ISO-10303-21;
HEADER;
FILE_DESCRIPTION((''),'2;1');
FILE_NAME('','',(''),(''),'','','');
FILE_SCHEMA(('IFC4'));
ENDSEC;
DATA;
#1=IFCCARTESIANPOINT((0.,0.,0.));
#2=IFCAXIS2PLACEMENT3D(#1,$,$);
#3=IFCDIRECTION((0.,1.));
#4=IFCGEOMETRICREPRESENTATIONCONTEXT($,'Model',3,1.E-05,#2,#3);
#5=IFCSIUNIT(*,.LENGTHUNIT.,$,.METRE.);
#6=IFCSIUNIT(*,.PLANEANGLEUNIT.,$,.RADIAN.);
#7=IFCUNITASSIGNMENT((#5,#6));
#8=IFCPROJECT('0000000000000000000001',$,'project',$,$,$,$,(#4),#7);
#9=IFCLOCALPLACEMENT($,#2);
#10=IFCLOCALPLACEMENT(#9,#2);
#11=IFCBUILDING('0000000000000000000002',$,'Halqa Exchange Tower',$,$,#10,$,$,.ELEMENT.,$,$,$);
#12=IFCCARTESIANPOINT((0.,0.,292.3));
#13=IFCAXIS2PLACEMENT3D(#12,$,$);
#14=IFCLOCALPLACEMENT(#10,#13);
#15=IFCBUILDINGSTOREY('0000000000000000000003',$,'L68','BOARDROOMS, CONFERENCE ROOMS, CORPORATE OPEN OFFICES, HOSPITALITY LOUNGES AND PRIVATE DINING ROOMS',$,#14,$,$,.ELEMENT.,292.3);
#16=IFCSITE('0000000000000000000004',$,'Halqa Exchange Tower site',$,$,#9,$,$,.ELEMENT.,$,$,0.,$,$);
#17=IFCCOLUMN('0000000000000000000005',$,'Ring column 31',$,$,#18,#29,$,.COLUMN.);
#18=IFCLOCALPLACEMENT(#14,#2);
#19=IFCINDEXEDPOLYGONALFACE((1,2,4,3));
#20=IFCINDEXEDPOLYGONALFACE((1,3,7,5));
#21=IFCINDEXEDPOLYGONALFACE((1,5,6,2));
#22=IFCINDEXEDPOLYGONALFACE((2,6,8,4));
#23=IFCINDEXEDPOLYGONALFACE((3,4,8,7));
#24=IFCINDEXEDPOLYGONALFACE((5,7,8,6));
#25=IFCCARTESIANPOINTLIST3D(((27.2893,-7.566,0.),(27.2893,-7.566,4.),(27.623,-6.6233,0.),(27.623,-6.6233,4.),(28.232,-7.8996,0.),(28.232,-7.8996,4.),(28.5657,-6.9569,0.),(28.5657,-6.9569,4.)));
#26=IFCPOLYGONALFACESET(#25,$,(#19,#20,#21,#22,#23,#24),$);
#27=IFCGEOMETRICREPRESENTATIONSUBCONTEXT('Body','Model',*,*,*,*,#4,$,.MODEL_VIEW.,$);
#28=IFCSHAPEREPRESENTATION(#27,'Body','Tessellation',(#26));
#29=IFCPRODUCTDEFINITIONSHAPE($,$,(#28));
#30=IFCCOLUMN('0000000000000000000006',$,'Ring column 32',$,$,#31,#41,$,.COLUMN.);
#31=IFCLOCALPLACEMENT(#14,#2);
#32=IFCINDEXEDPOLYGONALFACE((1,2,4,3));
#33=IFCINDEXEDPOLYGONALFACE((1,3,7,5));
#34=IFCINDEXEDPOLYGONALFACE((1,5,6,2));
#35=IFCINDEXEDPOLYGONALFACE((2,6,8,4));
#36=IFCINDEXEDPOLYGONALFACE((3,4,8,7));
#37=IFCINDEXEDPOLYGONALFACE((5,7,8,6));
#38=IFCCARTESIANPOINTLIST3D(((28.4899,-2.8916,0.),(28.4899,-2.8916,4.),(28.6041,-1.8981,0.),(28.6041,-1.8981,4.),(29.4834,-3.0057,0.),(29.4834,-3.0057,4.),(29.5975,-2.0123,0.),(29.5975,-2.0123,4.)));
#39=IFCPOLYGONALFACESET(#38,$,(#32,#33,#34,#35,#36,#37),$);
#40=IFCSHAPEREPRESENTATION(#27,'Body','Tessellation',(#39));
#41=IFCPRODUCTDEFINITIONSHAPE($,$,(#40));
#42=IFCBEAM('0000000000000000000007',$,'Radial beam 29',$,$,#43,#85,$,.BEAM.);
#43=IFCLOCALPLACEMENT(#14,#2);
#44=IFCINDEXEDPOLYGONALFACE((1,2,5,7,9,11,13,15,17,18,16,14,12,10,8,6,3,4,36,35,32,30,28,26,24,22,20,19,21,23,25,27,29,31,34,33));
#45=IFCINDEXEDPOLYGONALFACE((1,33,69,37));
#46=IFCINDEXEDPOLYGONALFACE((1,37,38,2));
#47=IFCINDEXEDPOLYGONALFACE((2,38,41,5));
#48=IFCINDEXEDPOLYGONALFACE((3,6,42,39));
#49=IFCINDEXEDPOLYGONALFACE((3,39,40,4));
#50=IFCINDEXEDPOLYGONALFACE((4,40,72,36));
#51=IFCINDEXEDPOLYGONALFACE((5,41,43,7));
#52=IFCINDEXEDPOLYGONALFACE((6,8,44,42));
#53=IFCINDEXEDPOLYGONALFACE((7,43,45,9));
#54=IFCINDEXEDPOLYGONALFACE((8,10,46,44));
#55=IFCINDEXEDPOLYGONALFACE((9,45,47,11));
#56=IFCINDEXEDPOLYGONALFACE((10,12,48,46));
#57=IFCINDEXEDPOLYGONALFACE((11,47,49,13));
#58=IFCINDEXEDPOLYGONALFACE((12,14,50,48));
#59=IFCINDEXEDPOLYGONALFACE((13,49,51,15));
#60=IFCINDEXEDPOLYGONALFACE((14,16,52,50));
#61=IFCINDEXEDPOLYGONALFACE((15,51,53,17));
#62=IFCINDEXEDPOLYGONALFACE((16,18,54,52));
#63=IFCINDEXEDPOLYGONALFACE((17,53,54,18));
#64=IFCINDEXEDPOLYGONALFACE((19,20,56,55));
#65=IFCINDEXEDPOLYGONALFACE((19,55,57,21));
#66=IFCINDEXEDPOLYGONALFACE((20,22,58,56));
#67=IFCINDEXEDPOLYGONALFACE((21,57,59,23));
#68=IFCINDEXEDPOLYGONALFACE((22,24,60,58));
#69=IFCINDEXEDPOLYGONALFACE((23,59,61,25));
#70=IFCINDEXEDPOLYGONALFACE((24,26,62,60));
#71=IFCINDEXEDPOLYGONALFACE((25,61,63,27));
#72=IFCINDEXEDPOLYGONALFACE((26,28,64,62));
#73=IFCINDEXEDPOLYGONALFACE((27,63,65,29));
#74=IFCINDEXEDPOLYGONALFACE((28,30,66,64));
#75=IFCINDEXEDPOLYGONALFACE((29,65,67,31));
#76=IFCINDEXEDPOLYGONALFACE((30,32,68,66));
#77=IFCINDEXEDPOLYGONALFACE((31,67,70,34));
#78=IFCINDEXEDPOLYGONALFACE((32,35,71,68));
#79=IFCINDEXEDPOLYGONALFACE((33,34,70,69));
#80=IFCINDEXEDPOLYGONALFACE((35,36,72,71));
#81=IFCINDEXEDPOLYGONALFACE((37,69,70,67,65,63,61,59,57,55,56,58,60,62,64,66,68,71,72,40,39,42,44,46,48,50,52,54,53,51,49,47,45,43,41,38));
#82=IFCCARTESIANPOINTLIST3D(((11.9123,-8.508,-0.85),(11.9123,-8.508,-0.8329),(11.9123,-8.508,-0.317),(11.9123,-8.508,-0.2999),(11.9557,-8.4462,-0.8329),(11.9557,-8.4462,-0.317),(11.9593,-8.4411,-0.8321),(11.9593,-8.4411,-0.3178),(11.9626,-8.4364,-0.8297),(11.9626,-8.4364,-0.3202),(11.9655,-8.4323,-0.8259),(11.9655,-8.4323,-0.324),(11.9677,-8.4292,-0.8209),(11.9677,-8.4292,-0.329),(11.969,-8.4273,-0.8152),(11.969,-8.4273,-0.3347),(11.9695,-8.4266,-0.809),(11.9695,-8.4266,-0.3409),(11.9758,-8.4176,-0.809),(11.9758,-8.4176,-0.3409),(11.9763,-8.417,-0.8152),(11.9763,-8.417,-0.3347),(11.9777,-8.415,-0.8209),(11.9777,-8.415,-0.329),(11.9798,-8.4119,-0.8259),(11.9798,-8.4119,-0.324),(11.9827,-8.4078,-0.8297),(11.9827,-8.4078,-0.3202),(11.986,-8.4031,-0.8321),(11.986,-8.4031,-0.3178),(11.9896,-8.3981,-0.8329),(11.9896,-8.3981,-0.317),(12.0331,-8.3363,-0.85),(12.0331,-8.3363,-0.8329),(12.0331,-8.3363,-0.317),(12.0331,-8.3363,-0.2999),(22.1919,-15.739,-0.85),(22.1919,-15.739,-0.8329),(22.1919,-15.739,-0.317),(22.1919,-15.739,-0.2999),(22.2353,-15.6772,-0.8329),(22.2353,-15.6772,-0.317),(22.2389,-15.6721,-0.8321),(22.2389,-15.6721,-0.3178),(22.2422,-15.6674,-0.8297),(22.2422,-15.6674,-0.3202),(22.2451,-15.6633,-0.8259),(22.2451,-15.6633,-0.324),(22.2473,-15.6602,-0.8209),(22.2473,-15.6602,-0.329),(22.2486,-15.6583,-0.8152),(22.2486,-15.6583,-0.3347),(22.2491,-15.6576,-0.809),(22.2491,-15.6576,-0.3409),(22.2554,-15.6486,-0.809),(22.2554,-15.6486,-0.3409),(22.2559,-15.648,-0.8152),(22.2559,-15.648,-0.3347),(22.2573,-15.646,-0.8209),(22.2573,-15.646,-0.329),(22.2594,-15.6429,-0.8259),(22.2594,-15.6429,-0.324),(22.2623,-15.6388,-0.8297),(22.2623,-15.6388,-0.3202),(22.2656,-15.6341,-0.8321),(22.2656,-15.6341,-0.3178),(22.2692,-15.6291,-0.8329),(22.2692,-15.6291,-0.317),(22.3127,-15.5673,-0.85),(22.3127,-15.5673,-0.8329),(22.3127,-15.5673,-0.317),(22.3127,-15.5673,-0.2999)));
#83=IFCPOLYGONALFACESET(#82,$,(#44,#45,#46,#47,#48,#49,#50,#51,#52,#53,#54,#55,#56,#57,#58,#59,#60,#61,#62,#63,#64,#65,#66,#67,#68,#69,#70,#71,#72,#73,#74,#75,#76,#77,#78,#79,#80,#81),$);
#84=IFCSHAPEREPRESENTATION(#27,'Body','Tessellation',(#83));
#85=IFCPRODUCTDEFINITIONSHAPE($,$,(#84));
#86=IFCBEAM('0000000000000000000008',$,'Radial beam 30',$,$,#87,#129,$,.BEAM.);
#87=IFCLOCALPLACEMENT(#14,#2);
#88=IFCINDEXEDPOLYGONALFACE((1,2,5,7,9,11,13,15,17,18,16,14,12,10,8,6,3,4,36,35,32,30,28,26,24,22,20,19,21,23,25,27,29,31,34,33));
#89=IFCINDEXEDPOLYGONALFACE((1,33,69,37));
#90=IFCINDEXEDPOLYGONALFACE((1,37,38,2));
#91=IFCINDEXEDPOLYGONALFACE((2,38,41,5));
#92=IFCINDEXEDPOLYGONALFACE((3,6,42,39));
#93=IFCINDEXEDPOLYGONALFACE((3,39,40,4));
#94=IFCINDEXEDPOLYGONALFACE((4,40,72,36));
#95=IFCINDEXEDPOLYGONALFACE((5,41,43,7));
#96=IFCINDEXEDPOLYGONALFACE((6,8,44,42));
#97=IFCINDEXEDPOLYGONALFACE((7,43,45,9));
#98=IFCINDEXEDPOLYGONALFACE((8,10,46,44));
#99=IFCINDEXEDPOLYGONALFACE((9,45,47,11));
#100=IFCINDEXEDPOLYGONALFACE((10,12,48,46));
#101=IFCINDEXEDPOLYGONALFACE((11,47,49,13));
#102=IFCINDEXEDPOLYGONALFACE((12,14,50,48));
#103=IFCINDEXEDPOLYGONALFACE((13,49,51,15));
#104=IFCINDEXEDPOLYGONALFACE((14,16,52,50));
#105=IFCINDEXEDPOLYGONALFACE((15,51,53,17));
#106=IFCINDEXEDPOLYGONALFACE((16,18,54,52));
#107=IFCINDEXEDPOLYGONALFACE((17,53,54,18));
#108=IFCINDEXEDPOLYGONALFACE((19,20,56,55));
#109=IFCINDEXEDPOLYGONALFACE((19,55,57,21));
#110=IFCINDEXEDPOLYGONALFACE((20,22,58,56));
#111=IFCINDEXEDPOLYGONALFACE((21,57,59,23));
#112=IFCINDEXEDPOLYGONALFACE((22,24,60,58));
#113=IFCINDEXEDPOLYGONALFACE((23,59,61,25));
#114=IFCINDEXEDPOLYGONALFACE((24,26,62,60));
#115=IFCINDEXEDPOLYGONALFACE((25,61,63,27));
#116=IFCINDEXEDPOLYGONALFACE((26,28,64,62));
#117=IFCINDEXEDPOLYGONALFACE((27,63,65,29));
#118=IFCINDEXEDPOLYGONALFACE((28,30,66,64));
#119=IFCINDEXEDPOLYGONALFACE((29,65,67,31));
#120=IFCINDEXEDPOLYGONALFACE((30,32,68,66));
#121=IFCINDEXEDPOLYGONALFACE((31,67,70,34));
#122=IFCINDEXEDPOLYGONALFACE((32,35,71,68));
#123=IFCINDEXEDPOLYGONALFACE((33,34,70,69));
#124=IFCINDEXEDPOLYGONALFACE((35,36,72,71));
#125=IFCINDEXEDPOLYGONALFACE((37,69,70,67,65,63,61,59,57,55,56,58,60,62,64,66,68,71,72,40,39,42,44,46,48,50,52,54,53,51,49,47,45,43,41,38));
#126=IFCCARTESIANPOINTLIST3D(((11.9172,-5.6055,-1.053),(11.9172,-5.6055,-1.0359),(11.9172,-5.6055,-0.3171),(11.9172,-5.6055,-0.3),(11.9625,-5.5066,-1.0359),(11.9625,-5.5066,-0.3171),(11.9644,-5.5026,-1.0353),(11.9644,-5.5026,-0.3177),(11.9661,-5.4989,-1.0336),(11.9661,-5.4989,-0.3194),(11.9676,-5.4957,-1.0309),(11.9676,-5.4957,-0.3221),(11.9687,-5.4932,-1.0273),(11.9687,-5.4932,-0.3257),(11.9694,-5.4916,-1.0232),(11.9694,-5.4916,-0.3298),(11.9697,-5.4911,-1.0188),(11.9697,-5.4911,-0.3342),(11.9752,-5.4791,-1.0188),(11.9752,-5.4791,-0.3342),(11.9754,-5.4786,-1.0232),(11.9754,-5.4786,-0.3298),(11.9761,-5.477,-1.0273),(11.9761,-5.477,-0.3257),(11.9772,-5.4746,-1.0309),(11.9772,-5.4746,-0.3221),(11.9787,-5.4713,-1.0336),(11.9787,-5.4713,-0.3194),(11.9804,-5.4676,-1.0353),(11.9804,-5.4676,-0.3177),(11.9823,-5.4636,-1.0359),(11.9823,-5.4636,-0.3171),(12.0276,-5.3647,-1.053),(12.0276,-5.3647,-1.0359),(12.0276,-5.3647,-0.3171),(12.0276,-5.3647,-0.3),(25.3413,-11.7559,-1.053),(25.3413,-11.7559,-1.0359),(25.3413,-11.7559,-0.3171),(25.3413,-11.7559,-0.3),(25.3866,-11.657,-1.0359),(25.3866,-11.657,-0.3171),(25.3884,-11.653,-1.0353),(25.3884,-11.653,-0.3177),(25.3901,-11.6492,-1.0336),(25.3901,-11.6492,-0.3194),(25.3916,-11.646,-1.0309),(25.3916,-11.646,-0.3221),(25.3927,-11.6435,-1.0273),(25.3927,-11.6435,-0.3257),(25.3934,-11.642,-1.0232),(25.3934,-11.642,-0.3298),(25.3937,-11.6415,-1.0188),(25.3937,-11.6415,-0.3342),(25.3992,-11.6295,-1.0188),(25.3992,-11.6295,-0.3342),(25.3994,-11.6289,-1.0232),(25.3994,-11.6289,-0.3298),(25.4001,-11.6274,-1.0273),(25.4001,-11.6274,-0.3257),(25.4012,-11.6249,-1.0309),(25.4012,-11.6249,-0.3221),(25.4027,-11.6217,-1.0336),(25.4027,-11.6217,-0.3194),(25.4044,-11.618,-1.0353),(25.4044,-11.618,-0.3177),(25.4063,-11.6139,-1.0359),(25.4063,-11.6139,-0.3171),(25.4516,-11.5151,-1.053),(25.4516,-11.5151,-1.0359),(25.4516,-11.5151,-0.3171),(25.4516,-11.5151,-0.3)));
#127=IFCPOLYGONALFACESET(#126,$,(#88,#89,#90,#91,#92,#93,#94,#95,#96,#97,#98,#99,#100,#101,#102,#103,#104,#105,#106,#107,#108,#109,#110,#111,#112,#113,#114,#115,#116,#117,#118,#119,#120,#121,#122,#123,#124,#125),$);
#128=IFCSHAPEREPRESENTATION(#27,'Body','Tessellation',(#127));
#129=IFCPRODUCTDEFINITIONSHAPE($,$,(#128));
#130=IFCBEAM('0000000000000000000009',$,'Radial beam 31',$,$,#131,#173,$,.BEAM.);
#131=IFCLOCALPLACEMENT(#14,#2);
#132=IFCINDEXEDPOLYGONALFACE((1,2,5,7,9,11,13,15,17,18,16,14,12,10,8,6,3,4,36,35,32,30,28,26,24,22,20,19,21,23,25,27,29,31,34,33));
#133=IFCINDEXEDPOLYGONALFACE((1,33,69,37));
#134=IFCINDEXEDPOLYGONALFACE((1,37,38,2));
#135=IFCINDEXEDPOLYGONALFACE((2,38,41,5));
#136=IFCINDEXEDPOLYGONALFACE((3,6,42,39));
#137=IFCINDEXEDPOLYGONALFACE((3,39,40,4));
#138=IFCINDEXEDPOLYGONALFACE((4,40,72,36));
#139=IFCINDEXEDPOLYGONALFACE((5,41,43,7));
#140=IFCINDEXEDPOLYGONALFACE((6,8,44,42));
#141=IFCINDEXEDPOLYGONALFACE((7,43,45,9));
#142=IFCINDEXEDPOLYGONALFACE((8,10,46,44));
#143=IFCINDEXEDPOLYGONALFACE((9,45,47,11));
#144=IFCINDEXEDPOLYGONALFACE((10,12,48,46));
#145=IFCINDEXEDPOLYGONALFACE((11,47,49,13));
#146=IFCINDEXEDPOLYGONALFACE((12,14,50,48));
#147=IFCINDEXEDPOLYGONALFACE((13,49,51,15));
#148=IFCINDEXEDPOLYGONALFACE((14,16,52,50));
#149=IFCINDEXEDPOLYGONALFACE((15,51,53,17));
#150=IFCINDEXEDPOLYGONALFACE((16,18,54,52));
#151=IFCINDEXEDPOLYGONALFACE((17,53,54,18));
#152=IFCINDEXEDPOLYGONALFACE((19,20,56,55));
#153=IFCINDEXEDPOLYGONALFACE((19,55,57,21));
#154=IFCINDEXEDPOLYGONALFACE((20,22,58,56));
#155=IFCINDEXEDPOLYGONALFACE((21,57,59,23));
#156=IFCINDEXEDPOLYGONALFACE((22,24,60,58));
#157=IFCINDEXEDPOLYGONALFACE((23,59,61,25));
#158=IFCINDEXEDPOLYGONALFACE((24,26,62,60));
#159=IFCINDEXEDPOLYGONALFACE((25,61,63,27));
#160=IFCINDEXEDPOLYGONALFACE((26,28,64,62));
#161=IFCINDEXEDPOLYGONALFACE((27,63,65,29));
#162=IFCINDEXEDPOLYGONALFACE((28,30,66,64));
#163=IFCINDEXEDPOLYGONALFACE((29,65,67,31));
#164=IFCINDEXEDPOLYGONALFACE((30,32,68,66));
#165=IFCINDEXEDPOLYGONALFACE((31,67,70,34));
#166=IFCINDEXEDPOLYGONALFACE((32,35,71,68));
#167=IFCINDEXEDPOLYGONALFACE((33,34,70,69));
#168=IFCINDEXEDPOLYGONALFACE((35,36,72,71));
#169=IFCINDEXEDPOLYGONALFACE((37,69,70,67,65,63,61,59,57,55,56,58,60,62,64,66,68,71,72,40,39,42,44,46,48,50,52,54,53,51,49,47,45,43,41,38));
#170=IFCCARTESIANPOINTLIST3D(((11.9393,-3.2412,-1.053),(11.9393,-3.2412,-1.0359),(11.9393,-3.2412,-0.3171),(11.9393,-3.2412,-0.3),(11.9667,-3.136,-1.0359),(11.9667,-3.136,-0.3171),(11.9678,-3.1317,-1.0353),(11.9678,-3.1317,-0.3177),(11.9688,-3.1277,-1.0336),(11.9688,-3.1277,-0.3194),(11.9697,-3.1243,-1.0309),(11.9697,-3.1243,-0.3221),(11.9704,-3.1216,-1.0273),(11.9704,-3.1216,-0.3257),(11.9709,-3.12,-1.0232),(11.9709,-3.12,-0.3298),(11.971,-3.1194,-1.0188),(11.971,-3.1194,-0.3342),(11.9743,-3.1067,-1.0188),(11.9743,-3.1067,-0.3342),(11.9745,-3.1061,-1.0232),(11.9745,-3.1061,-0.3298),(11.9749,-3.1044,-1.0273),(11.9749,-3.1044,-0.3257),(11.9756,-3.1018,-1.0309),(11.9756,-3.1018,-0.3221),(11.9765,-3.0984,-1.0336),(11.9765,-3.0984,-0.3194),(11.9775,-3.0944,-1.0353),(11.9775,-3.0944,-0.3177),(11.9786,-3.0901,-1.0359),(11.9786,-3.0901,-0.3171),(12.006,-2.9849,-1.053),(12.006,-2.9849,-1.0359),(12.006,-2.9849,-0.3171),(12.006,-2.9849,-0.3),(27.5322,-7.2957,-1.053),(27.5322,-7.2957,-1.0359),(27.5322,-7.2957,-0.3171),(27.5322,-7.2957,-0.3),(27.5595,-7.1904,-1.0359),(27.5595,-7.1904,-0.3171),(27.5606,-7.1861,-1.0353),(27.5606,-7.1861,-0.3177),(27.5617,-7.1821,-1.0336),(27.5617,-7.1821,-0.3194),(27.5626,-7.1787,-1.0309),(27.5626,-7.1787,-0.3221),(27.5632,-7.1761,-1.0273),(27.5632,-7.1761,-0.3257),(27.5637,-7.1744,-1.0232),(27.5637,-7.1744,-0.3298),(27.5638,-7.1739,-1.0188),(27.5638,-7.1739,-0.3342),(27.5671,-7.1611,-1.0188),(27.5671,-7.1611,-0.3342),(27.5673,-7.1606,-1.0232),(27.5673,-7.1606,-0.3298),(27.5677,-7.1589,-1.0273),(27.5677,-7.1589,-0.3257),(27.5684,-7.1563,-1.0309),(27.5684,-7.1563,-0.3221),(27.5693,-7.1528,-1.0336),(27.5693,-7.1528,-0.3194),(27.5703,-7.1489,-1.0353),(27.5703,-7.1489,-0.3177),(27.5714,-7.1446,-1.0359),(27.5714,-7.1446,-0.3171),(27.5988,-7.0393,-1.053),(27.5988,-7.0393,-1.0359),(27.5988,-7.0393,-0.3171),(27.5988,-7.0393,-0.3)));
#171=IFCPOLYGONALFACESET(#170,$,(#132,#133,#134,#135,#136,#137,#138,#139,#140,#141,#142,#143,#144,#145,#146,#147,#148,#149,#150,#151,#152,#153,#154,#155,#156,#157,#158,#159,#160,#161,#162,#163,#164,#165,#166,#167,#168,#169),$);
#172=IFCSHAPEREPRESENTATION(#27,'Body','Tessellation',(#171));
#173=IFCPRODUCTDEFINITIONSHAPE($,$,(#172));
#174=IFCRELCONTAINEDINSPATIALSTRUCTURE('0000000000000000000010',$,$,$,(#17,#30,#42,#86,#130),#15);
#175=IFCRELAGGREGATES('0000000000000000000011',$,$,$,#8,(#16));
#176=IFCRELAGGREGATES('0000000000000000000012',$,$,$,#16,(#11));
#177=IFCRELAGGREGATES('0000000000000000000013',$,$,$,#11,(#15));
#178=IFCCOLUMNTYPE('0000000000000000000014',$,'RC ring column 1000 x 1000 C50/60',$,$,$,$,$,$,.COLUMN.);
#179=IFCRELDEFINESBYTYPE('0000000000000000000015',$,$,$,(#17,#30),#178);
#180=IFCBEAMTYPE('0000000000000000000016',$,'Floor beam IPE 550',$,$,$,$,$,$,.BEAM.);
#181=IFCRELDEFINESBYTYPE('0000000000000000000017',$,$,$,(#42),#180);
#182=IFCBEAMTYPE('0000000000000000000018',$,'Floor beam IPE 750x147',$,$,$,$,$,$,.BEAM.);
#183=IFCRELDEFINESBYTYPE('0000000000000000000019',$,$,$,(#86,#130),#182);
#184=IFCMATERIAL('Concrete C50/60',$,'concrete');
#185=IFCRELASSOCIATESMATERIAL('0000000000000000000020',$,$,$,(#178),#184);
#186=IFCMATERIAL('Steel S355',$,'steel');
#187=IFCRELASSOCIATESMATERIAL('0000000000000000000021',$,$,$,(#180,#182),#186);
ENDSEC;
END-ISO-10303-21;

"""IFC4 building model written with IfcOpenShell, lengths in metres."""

from ifc_helpers import new_model, si_unit, direction, frame, origin, origin_2d, place, context, subcontext, project, spatial, rectangle, i_section, extrude, material, material_profile, profile_set, type_object, element, save


model = new_model("IFC4")

# Units and contexts
model_context = context("Model", 3, precision=1e-05, world=origin(), true_north=direction((0.0, 1.0)))
body_context = subcontext(model_context, "Body", "Model", "MODEL_VIEW")
ifc_project = project(units=[si_unit("LENGTHUNIT", "METRE"), si_unit("PLANEANGLEUNIT", "RADIAN")], contexts=[model_context])

# Site, building, storey
site_placement = place(None, origin())
site = spatial("IfcSite", under=ifc_project, at=site_placement, Name="Halqa Exchange Tower site", CompositionType="ELEMENT", RefElevation=0.0)
building_placement = place(site_placement, origin())
building = spatial("IfcBuilding", under=site, at=building_placement, Name="Halqa Exchange Tower", CompositionType="ELEMENT")
storey_placement = place(building_placement, frame((0.0, 0.0, 292.3)))
storey = spatial("IfcBuildingStorey", under=building, at=storey_placement, Name="L68", Description="BOARDROOMS, CONFERENCE ROOMS, CORPORATE OPEN OFFICES, HOSPITALITY LOUNGES AND PRIVATE DINING ROOMS", CompositionType="ELEMENT", Elevation=292.3)

# Columns
ifc_material_1 = material(Name="Concrete C50/60", Category="concrete")
ifc_material_profile_1 = material_profile(ifc_material_1, rectangle(XDim=1.0, YDim=1.0, at=origin_2d()), Name="1000 x 1000")
ifc_profile_set_1 = profile_set([ifc_material_profile_1], Name="Concrete C50/60")
column_type = type_object("IfcColumnType", Name="RC ring column 1000 x 1000 C50/60", PredefinedType="COLUMN", material=ifc_profile_set_1)
for number, where, z_axis, x_axis, name in (
    (1, (27.9275, -7.2615, 0.0), (0.0, 0.0, 1.0), (0.333628, 0.942705, 0.0), "Ring column 31"),
    (2, (29.0437, -2.4519, 0.0), (0.0, 0.0, 1.0), (0.114162, 0.993462, 0.0), "Ring column 32"),
):
    element("IfcColumn", number, at=place(storey_placement, frame(where, z_axis=z_axis, x_axis=x_axis)), inside=storey, type_object=column_type, Name=name, PredefinedType="COLUMN", context=body_context, shape_type="SweptSolid", body=[
        extrude(rectangle(XDim=1.0, YDim=1.0, at=origin_2d()), origin(), (0.0, 0.0, 1.0), 4.0),
    ])

# Beams
ifc_material_2 = material(Name="Steel S355", Category="steel")
ifc_material_profile_2 = material_profile(ifc_material_2, i_section(OverallWidth=0.21, OverallDepth=0.55, WebThickness=0.011, FlangeThickness=0.0171, FilletRadius=0.0239, at=origin_2d()), Name="IPE 550")
ifc_profile_set_2 = profile_set([ifc_material_profile_2], Name="Steel S355")
beam_type_1 = type_object("IfcBeamType", Name="Floor beam IPE 550", PredefinedType="BEAM", material=ifc_profile_set_2)
beam_1_placement = place(storey_placement, frame((11.9727, -8.4221, -0.575), z_axis=(0.817911, -0.575345, 0.0), x_axis=(0.575345, 0.817911, 0.0)))
element("IfcBeam", 3, at=beam_1_placement, inside=storey, type_object=beam_type_1, Name="Radial beam 29", PredefinedType="BEAM", context=body_context, shape_type="SweptSolid", body=[
    extrude(i_section(OverallWidth=0.21, OverallDepth=0.55, WebThickness=0.011, FlangeThickness=0.0171, FilletRadius=0.0239, at=origin_2d()), origin(), (0.0, 0.0, 1.0), 12.5681),
])
ifc_material_profile_3 = material_profile(ifc_material_2, i_section(OverallWidth=0.2649, OverallDepth=0.7529, WebThickness=0.0132, FlangeThickness=0.0171, FilletRadius=0.0171, at=origin_2d()), Name="IPE 750x147")
ifc_profile_set_3 = profile_set([ifc_material_profile_3], Name="Steel S355")
beam_type_2 = type_object("IfcBeamType", Name="Floor beam IPE 750x147", PredefinedType="BEAM", material=ifc_profile_set_3)
beam_2_placement = place(storey_placement, frame((11.9724, -5.4851, -0.6765), z_axis=(0.909124, -0.416525, 0.0), x_axis=(0.416525, 0.909124, 0.0)))
element("IfcBeam", 4, at=beam_2_placement, inside=storey, type_object=beam_type_2, Name="Radial beam 30", PredefinedType="BEAM", context=body_context, shape_type="SweptSolid", body=[
    extrude(i_section(OverallWidth=0.2649, OverallDepth=0.7529, WebThickness=0.0132, FlangeThickness=0.0171, FilletRadius=0.0171, at=origin_2d()), origin(), (0.0, 0.0, 1.0), 14.7659),
])
beam_3_placement = place(storey_placement, frame((11.9727, -3.113, -0.6765), z_axis=(0.967818, -0.251653, 0.0), x_axis=(0.251653, 0.967818, 0.0)))
element("IfcBeam", 5, at=beam_3_placement, inside=storey, type_object=beam_type_2, Name="Radial beam 31", PredefinedType="BEAM", context=body_context, shape_type="SweptSolid", body=[
    extrude(i_section(OverallWidth=0.2649, OverallDepth=0.7529, WebThickness=0.0132, FlangeThickness=0.0171, FilletRadius=0.0171, at=origin_2d()), origin(), (0.0, 0.0, 1.0), 16.1113),
])

save(model, "model.ifc")
